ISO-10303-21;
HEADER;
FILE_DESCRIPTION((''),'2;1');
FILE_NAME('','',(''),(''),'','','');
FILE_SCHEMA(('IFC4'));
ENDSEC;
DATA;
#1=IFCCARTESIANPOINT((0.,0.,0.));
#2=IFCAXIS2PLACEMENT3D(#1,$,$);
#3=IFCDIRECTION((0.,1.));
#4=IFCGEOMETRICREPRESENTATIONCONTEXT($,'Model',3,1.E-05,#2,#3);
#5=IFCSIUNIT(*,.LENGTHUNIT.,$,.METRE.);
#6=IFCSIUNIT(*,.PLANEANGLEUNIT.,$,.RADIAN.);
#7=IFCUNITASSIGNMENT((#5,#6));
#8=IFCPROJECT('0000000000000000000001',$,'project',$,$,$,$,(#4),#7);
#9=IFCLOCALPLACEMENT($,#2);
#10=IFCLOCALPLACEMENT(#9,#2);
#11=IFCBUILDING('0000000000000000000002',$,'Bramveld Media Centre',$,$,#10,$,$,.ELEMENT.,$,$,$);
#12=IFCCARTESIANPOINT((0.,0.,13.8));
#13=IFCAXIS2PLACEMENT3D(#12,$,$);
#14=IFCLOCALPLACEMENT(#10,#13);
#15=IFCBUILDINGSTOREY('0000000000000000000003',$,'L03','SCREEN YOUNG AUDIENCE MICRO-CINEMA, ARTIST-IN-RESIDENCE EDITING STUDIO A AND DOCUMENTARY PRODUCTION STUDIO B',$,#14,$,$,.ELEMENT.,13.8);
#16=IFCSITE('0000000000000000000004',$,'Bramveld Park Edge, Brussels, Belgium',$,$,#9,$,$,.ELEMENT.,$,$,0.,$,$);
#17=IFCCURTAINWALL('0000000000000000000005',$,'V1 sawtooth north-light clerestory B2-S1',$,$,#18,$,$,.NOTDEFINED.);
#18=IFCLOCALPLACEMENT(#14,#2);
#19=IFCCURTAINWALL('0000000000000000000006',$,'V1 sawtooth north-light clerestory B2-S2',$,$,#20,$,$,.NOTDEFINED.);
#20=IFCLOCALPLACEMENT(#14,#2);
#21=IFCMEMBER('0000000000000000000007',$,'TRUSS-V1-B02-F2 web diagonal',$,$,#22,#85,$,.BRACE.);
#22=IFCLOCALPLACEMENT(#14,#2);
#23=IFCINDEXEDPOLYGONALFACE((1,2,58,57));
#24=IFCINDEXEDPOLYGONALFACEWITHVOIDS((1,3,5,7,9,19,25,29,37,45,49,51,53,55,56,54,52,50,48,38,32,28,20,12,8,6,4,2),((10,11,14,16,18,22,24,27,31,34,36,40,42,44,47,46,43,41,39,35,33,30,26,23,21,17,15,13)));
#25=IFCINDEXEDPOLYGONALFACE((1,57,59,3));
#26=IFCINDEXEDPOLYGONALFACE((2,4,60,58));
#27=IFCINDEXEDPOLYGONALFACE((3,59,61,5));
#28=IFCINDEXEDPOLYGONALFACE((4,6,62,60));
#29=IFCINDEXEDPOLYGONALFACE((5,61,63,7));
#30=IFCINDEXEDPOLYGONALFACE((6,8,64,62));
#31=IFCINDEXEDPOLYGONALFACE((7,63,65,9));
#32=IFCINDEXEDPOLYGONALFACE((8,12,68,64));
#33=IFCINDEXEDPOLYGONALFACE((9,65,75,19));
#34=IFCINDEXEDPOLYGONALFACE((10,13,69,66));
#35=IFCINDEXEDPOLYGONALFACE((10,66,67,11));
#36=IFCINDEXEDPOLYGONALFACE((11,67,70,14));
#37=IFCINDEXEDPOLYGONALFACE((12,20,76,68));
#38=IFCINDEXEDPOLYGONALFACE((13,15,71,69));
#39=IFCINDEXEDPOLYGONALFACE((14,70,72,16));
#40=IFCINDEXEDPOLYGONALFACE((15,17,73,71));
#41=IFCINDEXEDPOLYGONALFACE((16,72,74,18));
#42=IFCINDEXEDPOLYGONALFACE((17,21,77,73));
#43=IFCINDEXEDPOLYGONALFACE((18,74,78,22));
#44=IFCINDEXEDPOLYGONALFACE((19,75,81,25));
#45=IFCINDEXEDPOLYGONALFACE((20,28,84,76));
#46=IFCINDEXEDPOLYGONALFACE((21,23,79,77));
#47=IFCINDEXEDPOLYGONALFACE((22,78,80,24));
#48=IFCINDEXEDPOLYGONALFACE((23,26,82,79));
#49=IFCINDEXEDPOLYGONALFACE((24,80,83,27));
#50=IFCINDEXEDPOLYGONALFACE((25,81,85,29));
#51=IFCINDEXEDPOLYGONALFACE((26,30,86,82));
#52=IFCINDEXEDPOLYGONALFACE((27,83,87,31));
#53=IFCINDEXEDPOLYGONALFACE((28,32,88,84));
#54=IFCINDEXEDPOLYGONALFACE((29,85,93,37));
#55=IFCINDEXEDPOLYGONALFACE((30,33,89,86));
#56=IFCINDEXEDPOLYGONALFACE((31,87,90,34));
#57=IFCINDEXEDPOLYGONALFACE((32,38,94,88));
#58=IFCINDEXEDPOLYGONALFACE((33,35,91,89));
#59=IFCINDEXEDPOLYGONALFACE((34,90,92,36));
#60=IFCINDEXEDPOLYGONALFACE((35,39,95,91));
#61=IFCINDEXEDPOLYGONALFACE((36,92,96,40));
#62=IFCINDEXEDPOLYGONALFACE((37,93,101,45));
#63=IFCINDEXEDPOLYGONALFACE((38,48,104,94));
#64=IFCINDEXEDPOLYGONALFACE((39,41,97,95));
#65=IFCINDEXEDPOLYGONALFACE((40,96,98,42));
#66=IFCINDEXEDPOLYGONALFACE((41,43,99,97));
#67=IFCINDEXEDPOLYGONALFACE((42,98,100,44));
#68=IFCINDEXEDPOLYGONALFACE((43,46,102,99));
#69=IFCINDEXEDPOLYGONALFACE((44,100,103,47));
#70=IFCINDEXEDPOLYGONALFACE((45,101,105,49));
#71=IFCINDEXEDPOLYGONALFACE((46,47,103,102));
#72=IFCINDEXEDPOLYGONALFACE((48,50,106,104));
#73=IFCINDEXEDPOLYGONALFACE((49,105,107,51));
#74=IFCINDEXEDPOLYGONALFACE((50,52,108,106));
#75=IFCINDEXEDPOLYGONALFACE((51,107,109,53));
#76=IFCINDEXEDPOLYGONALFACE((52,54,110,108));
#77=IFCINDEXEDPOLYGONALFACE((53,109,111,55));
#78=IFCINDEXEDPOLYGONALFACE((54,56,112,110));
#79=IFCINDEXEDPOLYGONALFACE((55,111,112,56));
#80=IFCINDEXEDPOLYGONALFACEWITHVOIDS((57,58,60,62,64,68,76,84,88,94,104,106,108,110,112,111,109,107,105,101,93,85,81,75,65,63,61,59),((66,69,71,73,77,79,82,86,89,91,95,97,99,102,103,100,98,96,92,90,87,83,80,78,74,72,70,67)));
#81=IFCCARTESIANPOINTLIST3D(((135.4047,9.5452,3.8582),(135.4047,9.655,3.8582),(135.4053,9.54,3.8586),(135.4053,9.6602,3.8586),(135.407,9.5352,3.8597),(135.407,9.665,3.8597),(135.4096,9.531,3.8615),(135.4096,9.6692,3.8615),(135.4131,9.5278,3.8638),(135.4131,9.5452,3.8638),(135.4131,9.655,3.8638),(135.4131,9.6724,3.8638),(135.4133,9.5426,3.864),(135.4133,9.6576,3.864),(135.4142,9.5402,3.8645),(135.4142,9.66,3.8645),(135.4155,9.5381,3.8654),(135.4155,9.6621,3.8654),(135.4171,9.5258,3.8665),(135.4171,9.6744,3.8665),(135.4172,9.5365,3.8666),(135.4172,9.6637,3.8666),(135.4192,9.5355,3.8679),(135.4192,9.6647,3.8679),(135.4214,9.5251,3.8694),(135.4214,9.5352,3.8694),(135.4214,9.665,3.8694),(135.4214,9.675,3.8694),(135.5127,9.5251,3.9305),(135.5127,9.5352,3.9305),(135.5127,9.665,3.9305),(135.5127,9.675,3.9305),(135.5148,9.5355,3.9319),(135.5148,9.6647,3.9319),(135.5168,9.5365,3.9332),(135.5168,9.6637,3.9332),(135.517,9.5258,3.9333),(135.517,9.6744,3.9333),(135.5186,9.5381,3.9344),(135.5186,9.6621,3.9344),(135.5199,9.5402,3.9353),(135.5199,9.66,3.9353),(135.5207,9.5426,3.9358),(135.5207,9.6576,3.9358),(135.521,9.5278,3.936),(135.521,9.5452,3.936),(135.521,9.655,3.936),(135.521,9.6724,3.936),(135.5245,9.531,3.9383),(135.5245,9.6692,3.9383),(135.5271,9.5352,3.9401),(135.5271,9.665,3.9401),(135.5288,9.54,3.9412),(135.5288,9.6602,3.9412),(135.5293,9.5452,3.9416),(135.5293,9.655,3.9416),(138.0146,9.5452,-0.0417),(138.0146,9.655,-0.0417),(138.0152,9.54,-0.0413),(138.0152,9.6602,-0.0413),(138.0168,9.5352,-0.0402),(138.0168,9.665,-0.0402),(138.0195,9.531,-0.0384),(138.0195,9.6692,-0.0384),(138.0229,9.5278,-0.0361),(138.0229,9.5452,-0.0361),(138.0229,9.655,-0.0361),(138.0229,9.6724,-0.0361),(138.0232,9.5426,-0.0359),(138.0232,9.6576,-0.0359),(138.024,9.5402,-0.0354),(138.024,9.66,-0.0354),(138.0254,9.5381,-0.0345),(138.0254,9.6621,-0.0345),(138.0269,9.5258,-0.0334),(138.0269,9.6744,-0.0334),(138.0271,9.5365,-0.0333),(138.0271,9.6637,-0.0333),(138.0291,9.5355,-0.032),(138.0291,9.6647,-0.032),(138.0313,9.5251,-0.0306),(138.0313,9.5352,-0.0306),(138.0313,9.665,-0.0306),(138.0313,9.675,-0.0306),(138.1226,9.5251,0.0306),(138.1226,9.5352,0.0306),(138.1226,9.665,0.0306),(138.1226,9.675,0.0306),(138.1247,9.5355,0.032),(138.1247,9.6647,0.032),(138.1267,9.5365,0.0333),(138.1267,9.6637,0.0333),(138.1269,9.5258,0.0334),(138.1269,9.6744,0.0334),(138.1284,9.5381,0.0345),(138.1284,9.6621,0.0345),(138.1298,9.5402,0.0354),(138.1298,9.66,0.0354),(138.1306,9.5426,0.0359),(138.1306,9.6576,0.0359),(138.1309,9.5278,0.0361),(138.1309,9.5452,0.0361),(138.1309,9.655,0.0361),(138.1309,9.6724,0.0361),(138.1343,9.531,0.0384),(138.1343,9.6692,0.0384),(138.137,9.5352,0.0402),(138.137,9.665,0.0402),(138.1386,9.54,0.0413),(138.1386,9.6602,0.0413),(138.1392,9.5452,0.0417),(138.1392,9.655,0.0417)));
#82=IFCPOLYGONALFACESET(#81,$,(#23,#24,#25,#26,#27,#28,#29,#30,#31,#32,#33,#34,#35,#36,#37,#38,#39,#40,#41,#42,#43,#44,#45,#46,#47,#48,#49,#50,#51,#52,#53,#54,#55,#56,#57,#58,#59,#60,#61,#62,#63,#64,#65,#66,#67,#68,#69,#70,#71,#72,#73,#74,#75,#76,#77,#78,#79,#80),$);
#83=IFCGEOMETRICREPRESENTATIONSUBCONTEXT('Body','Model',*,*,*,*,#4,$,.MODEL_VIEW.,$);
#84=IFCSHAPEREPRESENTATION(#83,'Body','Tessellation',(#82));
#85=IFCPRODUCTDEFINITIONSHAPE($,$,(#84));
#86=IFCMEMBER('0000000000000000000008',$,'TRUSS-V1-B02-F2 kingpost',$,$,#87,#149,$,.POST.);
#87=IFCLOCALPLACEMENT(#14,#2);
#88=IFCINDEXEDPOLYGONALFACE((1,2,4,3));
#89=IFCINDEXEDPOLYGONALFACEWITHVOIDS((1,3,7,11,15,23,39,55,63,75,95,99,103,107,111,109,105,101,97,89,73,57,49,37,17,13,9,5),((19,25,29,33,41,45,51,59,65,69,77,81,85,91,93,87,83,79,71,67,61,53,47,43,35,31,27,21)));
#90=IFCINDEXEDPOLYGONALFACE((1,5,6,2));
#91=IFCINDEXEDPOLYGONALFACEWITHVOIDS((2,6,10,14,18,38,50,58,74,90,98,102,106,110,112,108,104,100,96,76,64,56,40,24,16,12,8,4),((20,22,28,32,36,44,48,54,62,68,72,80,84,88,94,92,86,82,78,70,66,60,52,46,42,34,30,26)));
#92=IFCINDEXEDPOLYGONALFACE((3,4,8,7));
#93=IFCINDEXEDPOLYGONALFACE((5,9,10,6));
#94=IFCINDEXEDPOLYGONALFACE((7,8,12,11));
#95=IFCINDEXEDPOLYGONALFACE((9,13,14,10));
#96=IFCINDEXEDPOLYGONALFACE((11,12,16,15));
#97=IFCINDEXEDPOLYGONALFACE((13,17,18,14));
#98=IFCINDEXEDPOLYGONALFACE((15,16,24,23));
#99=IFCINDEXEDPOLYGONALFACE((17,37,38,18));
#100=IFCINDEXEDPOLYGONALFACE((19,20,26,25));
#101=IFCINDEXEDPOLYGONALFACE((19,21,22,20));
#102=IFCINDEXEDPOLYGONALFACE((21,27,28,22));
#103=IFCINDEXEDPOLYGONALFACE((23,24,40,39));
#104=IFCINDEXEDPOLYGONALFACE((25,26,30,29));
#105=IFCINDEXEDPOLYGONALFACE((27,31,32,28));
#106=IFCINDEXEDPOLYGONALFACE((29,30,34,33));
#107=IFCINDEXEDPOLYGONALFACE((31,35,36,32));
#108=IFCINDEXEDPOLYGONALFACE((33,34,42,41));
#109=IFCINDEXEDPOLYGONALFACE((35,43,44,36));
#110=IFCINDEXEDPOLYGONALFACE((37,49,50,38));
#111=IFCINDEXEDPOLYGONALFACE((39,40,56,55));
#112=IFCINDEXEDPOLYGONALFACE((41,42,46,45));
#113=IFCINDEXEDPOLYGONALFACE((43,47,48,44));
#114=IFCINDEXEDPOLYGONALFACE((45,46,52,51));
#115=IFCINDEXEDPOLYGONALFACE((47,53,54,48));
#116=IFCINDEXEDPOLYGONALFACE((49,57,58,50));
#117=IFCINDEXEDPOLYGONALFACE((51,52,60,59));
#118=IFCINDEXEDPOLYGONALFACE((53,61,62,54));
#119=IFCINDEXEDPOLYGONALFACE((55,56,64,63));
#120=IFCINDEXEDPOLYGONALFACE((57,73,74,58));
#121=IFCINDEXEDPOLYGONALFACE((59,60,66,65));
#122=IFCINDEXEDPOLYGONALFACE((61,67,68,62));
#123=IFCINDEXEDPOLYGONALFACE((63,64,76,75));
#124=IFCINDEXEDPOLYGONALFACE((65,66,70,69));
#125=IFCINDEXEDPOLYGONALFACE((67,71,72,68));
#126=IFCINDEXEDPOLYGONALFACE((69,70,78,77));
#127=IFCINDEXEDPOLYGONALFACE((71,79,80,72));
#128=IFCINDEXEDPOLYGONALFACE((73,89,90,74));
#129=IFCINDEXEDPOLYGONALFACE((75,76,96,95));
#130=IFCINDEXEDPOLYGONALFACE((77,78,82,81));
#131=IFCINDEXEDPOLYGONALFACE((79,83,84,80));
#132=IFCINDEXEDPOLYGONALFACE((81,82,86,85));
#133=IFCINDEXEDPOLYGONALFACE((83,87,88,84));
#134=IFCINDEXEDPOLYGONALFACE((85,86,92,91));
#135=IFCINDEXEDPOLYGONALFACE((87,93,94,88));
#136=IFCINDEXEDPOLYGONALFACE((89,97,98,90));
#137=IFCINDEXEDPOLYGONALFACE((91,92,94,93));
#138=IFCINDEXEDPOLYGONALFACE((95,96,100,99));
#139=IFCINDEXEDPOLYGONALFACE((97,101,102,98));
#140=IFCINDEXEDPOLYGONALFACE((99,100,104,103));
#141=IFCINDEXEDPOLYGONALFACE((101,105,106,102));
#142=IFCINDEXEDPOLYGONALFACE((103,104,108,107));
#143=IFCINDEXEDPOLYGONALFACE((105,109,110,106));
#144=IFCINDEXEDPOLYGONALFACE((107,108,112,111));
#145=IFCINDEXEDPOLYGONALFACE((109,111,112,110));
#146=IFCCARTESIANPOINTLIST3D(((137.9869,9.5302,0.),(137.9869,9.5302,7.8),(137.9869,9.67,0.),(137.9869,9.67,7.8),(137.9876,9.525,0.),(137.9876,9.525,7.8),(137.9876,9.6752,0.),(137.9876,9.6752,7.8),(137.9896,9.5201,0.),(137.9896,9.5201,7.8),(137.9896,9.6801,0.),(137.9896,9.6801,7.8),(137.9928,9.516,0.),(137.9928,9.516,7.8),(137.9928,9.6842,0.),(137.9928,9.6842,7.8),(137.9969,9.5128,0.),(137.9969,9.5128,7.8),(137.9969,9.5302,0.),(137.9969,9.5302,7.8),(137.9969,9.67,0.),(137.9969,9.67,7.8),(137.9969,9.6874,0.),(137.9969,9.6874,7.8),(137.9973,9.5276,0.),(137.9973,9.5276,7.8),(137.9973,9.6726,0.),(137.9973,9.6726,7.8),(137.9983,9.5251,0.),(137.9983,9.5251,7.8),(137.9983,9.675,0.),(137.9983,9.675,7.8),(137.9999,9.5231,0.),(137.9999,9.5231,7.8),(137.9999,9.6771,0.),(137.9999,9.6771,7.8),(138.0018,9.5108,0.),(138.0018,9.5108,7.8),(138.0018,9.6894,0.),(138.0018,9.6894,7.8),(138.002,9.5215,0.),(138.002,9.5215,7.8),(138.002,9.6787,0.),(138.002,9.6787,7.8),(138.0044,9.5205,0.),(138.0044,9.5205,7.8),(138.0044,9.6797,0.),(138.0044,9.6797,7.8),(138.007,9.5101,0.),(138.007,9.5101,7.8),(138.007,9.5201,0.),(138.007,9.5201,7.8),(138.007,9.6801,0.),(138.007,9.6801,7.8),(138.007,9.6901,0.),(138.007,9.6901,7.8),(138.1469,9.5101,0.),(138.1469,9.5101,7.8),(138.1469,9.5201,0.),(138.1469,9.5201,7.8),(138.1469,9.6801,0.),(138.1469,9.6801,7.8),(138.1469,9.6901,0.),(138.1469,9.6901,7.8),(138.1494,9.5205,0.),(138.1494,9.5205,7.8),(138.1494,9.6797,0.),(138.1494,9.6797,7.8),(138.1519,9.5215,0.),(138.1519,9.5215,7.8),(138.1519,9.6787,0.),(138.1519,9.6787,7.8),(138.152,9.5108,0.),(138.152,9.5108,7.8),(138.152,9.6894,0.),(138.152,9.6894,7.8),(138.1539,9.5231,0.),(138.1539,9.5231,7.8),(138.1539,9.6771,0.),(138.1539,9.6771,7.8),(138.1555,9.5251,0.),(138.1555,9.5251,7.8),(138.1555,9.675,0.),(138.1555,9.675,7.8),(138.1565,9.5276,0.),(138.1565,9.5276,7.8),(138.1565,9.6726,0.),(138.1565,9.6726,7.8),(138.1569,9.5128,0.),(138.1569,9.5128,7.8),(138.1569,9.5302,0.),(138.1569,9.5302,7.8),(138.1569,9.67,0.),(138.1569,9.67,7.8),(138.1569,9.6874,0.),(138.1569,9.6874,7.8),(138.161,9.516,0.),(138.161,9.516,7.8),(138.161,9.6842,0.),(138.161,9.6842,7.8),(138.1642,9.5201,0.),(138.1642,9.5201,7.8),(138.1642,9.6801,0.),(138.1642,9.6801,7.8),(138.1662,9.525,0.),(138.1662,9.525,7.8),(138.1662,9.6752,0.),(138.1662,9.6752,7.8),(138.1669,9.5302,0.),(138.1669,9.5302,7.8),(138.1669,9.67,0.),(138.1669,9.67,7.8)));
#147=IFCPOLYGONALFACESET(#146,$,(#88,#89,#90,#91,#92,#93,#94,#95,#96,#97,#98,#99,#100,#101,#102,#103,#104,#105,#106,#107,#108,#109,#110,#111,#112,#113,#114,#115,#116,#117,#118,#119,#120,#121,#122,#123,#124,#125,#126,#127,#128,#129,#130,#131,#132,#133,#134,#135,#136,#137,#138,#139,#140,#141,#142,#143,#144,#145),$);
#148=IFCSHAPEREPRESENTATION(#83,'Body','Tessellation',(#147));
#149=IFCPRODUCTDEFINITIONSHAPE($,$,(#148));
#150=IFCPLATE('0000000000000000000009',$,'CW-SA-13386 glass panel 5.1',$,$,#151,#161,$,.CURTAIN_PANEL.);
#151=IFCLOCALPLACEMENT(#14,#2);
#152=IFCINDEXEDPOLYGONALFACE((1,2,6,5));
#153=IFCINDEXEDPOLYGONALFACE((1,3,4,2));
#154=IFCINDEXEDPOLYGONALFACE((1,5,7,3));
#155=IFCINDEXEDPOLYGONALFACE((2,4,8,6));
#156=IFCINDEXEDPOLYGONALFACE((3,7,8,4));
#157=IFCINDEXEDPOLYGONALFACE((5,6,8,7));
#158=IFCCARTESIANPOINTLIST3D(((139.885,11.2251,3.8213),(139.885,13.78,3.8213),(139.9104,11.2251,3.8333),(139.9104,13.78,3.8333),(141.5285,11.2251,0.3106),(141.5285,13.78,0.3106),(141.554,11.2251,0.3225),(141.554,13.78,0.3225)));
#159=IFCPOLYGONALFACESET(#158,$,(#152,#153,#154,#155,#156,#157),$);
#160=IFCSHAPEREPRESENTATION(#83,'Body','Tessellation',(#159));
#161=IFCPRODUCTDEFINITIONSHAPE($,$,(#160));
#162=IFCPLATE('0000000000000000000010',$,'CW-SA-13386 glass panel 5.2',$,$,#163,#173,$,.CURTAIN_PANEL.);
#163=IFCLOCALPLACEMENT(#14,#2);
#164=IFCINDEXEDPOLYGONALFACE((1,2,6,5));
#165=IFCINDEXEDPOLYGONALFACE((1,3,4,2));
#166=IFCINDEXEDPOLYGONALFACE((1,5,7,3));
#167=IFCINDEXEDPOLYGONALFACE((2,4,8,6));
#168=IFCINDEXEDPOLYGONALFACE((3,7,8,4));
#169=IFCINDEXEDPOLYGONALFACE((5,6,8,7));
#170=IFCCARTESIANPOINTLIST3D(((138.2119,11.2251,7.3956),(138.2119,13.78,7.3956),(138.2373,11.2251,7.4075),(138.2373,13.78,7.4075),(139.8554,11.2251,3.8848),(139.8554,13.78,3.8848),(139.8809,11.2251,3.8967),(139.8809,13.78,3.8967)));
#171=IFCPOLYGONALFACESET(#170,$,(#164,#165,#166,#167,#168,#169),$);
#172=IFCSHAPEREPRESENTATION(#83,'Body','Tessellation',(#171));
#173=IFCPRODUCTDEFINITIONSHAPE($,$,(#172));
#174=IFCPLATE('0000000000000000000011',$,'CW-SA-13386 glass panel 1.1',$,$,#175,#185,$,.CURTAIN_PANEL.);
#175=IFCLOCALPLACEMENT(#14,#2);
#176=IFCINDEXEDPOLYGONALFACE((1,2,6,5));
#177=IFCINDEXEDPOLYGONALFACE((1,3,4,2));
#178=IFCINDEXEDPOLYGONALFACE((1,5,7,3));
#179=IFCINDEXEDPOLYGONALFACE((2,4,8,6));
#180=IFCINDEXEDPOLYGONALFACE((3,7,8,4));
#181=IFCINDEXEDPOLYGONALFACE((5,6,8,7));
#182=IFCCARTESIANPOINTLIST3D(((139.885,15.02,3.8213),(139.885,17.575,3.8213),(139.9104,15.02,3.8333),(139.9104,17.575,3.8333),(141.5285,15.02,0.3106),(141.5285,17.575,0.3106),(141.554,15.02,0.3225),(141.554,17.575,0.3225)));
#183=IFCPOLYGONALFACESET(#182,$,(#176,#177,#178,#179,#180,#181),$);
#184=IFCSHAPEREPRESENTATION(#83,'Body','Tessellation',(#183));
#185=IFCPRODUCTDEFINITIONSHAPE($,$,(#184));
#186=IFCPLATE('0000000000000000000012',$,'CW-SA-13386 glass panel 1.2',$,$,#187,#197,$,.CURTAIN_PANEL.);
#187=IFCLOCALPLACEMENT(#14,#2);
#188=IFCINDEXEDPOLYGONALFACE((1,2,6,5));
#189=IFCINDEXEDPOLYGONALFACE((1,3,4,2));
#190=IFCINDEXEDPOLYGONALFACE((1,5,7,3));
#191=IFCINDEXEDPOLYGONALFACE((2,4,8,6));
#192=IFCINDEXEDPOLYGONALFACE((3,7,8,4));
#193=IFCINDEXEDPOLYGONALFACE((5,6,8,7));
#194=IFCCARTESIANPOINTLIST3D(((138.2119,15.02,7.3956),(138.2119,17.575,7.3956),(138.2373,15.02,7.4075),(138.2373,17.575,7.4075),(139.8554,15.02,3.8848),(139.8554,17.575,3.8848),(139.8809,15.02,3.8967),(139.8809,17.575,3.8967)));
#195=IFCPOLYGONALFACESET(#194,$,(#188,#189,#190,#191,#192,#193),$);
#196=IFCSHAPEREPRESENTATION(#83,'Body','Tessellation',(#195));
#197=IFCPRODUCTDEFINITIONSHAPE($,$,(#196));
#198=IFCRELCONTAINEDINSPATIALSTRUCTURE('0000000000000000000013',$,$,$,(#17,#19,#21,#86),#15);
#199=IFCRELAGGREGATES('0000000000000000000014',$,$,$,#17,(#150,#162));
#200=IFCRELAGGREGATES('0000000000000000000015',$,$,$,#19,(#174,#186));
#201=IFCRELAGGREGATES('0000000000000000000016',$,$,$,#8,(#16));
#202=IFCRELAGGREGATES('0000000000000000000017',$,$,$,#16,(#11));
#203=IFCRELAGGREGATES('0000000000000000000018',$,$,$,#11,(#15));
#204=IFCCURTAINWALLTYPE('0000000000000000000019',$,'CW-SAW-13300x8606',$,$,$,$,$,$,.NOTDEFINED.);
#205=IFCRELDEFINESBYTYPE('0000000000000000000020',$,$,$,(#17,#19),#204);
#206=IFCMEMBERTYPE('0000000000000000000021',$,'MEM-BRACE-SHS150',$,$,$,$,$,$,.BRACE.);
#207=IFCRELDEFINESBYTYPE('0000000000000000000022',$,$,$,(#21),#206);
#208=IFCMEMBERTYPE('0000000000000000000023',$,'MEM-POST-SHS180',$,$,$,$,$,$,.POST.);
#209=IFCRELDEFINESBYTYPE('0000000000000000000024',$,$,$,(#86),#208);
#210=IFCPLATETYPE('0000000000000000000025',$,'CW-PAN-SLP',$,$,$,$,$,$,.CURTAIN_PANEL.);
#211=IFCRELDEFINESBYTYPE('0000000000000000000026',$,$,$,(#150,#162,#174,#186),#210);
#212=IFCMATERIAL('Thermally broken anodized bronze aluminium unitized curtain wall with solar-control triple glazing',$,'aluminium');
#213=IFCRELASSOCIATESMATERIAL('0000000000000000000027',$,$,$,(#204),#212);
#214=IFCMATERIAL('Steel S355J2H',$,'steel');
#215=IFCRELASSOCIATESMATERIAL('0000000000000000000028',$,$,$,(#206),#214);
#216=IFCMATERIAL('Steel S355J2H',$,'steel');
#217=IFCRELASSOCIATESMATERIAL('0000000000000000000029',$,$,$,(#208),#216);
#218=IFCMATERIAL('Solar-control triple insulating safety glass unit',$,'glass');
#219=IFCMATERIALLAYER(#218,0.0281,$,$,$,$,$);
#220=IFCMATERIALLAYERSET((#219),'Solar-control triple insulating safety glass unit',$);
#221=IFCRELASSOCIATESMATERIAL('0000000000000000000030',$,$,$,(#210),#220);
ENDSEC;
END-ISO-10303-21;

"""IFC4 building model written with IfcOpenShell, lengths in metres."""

from ifc_helpers import new_model, si_unit, direction, frame, origin, origin_2d, place, context, subcontext, project, spatial, polyline, hollow_rectangle, outline, extrude, material, layer, layer_set, material_profile, profile_set, type_object, element, aggregate, save


model = new_model("IFC4")

# Units and contexts
model_context = context("Model", 3, precision=1e-05, world=origin(), true_north=direction((0.0, 1.0)))
body_context = subcontext(model_context, "Body", "Model", "MODEL_VIEW")
ifc_project = project(units=[si_unit("LENGTHUNIT", "METRE"), si_unit("PLANEANGLEUNIT", "RADIAN")], contexts=[model_context])

# Site, building, storey
site_placement = place(None, origin())
site = spatial("IfcSite", under=ifc_project, at=site_placement, Name="Bramveld Park Edge, Brussels, Belgium", CompositionType="ELEMENT", RefElevation=0.0)
building_placement = place(site_placement, origin())
building = spatial("IfcBuilding", under=site, at=building_placement, Name="Bramveld Media Centre", CompositionType="ELEMENT")
storey_placement = place(building_placement, frame((0.0, 0.0, 13.8)))
storey = spatial("IfcBuildingStorey", under=building, at=storey_placement, Name="L03", Description="SCREEN YOUNG AUDIENCE MICRO-CINEMA, ARTIST-IN-RESIDENCE EDITING STUDIO A AND DOCUMENTARY PRODUCTION STUDIO B", CompositionType="ELEMENT", Elevation=13.8)

# Curtain walls
ifc_material_1 = material(Name="Thermally broken anodized bronze aluminium unitized curtain wall with solar-control triple glazing", Category="aluminium")
curtain_wall_type = type_object("IfcCurtainWallType", Name="CW-SAW-13300x8606", PredefinedType="NOTDEFINED", material=ifc_material_1)
curtain_wall_1_placement = place(storey_placement, origin())
curtain_wall_1 = element("IfcCurtainWall", 1, at=curtain_wall_1_placement, inside=storey, type_object=curtain_wall_type, Name="V1 sawtooth north-light clerestory B2-S1", PredefinedType="NOTDEFINED")
curtain_wall_2_placement = place(storey_placement, origin())
curtain_wall_2 = element("IfcCurtainWall", 2, at=curtain_wall_2_placement, inside=storey, type_object=curtain_wall_type, Name="V1 sawtooth north-light clerestory B2-S2", PredefinedType="NOTDEFINED")

# Members
ifc_material_2 = material(Name="Steel S355J2H", Category="steel")
ifc_material_profile_1 = material_profile(ifc_material_2, hollow_rectangle(XDim=0.1499, YDim=0.1499, WallThickness=0.01, InnerFilletRadius=0.01, OuterFilletRadius=0.02, at=origin_2d()), Name="SHS 150x150x10")
ifc_profile_set_1 = profile_set([ifc_material_profile_1], Name="Steel S355J2H")
member_type_1 = type_object("IfcMemberType", Name="MEM-BRACE-SHS150", PredefinedType="BRACE", material=ifc_profile_set_1)
member_1_placement = place(storey_placement, frame((138.0769, 9.6001, 0.0), z_axis=(-0.556164, 0.0, 0.831073), x_axis=(0.0, -1.0, 0.0)))
element("IfcMember", 3, at=member_1_placement, inside=storey, type_object=member_type_1, Name="TRUSS-V1-B02-F2 web diagonal", PredefinedType="BRACE", context=body_context, shape_type="SweptSolid", body=[
    extrude(hollow_rectangle(XDim=0.1499, YDim=0.1499, WallThickness=0.01, InnerFilletRadius=0.01, OuterFilletRadius=0.02, at=origin_2d()), origin(), (0.0, 0.0, 1.0), 4.6926),
])
ifc_material_3 = material(Name="Steel S355J2H", Category="steel")
ifc_material_profile_2 = material_profile(ifc_material_3, hollow_rectangle(XDim=0.1799, YDim=0.1799, WallThickness=0.01, InnerFilletRadius=0.01, OuterFilletRadius=0.02, at=origin_2d()), Name="SHS 180x180x10")
ifc_profile_set_2 = profile_set([ifc_material_profile_2], Name="Steel S355J2H")
member_type_2 = type_object("IfcMemberType", Name="MEM-POST-SHS180", PredefinedType="POST", material=ifc_profile_set_2)
member_2_placement = place(storey_placement, frame((138.0769, 9.6001, 0.0), z_axis=(0.0, 0.0, 1.0), x_axis=(1.0, 0.0, 0.0)))
element("IfcMember", 4, at=member_2_placement, inside=storey, type_object=member_type_2, Name="TRUSS-V1-B02-F2 kingpost", PredefinedType="POST", context=body_context, shape_type="SweptSolid", body=[
    extrude(hollow_rectangle(XDim=0.1799, YDim=0.1799, WallThickness=0.01, InnerFilletRadius=0.01, OuterFilletRadius=0.02, at=origin_2d()), origin(), (0.0, 0.0, 1.0), 7.8),
])

# Plates
ifc_material_4 = material(Name="Solar-control triple insulating safety glass unit", Category="glass")
ifc_layer_1 = layer(ifc_material_4, 0.0281)
ifc_layer_set_1 = layer_set([ifc_layer_1], Name="Solar-control triple insulating safety glass unit")
plate_type_1 = type_object("IfcPlateType", Name="CW-PAN-SLP", PredefinedType="CURTAIN_PANEL", material=ifc_layer_set_1)
plate_1_placement = place(storey_placement, frame((141.554, 11.2251, 0.3225), z_axis=(0.905668, 0.0, 0.423988), x_axis=(0.0, 1.0, 0.0)))
plate_1 = element("IfcPlate", 5, at=plate_1_placement, type_object=plate_type_1, Name="CW-SA-13386 glass panel 5.1", PredefinedType="CURTAIN_PANEL", context=body_context, shape_type="SweptSolid", body=[
    extrude(outline(polyline([(0.0, 0.0), (2.5549, 0.0), (2.5549, 3.8764), (0.0, 3.8764), (0.0, 0.0)])), origin(), (0.0, 0.0, -1.0), 0.0281),
])
plate_2_placement = place(storey_placement, frame((139.8809, 11.2251, 3.8967), z_axis=(0.905668, 0.0, 0.423988), x_axis=(0.0, 1.0, 0.0)))
plate_2 = element("IfcPlate", 6, at=plate_2_placement, type_object=plate_type_1, Name="CW-SA-13386 glass panel 5.2", PredefinedType="CURTAIN_PANEL", context=body_context, shape_type="SweptSolid", body=[
    extrude(outline(polyline([(0.0, 0.0), (2.5549, 0.0), (2.5549, 3.8764), (0.0, 3.8764), (0.0, 0.0)])), origin(), (0.0, 0.0, -1.0), 0.0281),
])
aggregate(curtain_wall_1, [plate_1, plate_2])
plate_3_placement = place(storey_placement, frame((141.554, 15.02, 0.3225), z_axis=(0.905668, 0.0, 0.423988), x_axis=(0.0, 1.0, 0.0)))
plate_3 = element("IfcPlate", 7, at=plate_3_placement, type_object=plate_type_1, Name="CW-SA-13386 glass panel 1.1", PredefinedType="CURTAIN_PANEL", context=body_context, shape_type="SweptSolid", body=[
    extrude(outline(polyline([(0.0, 0.0), (2.5549, 0.0), (2.5549, 3.8764), (0.0, 3.8764), (0.0, 0.0)])), origin(), (0.0, 0.0, -1.0), 0.0281),
])
plate_4_placement = place(storey_placement, frame((139.8809, 15.02, 3.8967), z_axis=(0.905668, 0.0, 0.423988), x_axis=(0.0, 1.0, 0.0)))
plate_4 = element("IfcPlate", 8, at=plate_4_placement, type_object=plate_type_1, Name="CW-SA-13386 glass panel 1.2", PredefinedType="CURTAIN_PANEL", context=body_context, shape_type="SweptSolid", body=[
    extrude(outline(polyline([(0.0, 0.0), (2.5549, 0.0), (2.5549, 3.8764), (0.0, 3.8764), (0.0, 0.0)])), origin(), (0.0, 0.0, -1.0), 0.0281),
])
aggregate(curtain_wall_2, [plate_3, plate_4])

save(model, "model.ifc")
